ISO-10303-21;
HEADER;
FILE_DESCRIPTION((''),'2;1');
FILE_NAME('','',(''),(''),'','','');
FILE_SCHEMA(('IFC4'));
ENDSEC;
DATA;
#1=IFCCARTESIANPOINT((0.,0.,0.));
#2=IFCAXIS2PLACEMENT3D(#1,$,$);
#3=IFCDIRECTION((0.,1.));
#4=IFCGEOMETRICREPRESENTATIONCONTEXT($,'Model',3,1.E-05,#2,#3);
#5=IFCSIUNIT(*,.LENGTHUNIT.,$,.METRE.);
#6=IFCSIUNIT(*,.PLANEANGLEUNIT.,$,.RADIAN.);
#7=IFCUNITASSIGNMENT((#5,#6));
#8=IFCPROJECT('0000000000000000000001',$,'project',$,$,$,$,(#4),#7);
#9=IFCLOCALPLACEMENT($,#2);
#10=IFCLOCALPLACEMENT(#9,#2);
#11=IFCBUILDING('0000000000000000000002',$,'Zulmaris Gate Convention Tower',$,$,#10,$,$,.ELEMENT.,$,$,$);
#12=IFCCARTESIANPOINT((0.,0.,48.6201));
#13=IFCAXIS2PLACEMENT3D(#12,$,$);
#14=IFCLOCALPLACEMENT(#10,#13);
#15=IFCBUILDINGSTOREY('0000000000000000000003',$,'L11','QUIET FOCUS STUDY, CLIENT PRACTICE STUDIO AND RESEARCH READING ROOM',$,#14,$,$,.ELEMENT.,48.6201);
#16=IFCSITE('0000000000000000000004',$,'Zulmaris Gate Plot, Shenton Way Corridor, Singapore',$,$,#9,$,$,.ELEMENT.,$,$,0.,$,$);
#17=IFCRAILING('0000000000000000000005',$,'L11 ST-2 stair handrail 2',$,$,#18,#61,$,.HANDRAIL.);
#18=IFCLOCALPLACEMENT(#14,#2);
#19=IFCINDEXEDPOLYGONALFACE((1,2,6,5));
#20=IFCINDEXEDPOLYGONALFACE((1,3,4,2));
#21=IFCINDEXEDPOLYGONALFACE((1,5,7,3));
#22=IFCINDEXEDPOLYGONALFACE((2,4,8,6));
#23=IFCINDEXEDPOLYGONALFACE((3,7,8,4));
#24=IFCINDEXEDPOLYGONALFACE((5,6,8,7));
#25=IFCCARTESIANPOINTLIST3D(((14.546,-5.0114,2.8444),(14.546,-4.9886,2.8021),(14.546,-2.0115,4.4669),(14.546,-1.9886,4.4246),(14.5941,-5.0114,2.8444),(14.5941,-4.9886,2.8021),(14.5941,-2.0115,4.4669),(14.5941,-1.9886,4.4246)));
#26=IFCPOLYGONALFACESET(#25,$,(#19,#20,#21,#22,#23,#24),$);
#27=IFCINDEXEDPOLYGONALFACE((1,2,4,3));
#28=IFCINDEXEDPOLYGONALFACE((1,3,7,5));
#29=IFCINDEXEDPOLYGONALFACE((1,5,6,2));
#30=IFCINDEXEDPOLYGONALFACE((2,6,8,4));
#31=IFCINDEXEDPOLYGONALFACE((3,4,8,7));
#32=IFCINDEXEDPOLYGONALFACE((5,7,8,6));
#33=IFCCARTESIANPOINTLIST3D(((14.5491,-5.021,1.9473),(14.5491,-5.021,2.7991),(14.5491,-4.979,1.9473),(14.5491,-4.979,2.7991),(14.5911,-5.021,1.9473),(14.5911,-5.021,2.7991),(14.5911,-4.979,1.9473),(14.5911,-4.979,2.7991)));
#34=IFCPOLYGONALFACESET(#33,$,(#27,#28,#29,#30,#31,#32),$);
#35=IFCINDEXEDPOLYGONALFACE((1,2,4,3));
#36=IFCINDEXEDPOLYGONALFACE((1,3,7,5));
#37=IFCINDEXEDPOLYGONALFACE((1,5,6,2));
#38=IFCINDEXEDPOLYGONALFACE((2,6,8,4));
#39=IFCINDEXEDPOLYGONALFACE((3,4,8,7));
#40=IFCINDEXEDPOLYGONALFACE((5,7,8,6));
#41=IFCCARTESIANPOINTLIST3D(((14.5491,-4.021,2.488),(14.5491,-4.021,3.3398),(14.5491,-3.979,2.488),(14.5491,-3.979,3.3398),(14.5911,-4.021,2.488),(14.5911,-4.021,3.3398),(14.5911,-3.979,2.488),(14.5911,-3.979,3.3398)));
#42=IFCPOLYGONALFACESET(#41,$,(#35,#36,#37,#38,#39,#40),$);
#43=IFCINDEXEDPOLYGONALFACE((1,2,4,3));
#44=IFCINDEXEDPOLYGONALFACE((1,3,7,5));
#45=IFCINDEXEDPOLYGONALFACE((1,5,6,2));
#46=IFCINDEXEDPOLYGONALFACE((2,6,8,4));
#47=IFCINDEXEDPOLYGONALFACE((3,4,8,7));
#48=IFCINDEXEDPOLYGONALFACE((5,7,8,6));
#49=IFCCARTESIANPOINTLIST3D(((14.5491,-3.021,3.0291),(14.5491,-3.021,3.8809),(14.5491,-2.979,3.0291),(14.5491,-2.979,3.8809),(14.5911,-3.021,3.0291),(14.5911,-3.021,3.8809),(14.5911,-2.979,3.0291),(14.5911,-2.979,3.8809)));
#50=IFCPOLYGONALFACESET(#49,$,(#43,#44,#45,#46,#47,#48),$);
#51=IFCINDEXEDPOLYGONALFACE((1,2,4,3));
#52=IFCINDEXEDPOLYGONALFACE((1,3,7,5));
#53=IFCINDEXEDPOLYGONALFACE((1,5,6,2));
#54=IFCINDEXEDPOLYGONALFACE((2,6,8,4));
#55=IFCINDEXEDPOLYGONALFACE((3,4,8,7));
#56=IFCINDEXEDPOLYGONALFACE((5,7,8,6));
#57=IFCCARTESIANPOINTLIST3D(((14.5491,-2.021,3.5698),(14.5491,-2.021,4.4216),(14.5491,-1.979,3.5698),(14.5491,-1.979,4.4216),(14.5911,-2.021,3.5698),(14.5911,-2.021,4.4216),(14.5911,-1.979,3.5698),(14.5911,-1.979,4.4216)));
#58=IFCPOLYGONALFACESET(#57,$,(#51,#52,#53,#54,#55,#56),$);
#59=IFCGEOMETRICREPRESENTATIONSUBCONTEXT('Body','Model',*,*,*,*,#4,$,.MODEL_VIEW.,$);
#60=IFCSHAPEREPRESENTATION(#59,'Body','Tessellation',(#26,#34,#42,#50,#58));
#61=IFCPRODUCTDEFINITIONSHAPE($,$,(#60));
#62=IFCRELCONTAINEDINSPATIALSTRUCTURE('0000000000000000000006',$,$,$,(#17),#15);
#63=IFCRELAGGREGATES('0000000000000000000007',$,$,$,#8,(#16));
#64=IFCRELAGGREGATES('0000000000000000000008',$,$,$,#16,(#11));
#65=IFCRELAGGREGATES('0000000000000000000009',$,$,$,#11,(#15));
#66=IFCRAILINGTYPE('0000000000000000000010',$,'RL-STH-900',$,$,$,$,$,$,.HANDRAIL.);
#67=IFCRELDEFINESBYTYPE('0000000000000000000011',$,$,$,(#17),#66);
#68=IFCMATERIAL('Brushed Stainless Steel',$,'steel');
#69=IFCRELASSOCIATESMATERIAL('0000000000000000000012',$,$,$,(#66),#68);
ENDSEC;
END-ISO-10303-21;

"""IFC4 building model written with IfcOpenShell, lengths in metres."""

from ifc_helpers import new_model, si_unit, direction, frame, origin, origin_2d, place, context, subcontext, project, spatial, rectangle, extrude, material, type_object, element, save


model = new_model("IFC4")

# Units and contexts
model_context = context("Model", 3, precision=1e-05, world=origin(), true_north=direction((0.0, 1.0)))
body_context = subcontext(model_context, "Body", "Model", "MODEL_VIEW")
ifc_project = project(units=[si_unit("LENGTHUNIT", "METRE"), si_unit("PLANEANGLEUNIT", "RADIAN")], contexts=[model_context])

# Site, building, storey
site_placement = place(None, origin())
site = spatial("IfcSite", under=ifc_project, at=site_placement, Name="Zulmaris Gate Plot, Shenton Way Corridor, Singapore", CompositionType="ELEMENT", RefElevation=0.0)
building_placement = place(site_placement, origin())
building = spatial("IfcBuilding", under=site, at=building_placement, Name="Zulmaris Gate Convention Tower", CompositionType="ELEMENT")
storey_placement = place(building_placement, frame((0.0, 0.0, 48.6201)))
storey = spatial("IfcBuildingStorey", under=building, at=storey_placement, Name="L11", Description="QUIET FOCUS STUDY, CLIENT PRACTICE STUDIO AND RESEARCH READING ROOM", CompositionType="ELEMENT", Elevation=48.6201)

# Railing
ifc_material_1 = material(Name="Brushed Stainless Steel", Category="steel")
railing_type = type_object("IfcRailingType", Name="RL-STH-900", PredefinedType="HANDRAIL", material=ifc_material_1)
railing_placement = place(storey_placement, frame((14.5701, -5.0, 1.9473)))
element("IfcRailing", 1, at=railing_placement, inside=storey, type_object=railing_type, Name="L11 ST-2 stair handrail 2", PredefinedType="HANDRAIL", context=body_context, shape_type="SweptSolid", body=[
    extrude(rectangle(XDim=0.0481, YDim=0.0481, at=origin_2d()), frame((0.0, 0.0, 0.876), z_axis=(0.0, 0.879592, 0.47573), x_axis=(-1.0, 0.0, 0.0)), (0.0, 0.0, 1.0), 3.4106),
    extrude(rectangle(XDim=0.042, YDim=0.042, at=origin_2d()), origin(), (0.0, 0.0, 1.0), 0.8518),
    extrude(rectangle(XDim=0.042, YDim=0.042, at=origin_2d()), frame((0.0, 1.0, 0.5408)), (0.0, 0.0, 1.0), 0.8518),
    extrude(rectangle(XDim=0.042, YDim=0.042, at=origin_2d()), frame((0.0, 2.0, 1.0818)), (0.0, 0.0, 1.0), 0.8518),
    extrude(rectangle(XDim=0.042, YDim=0.042, at=origin_2d()), frame((0.0, 3.0, 1.6226)), (0.0, 0.0, 1.0), 0.8518),
])

save(model, "model.ifc")
